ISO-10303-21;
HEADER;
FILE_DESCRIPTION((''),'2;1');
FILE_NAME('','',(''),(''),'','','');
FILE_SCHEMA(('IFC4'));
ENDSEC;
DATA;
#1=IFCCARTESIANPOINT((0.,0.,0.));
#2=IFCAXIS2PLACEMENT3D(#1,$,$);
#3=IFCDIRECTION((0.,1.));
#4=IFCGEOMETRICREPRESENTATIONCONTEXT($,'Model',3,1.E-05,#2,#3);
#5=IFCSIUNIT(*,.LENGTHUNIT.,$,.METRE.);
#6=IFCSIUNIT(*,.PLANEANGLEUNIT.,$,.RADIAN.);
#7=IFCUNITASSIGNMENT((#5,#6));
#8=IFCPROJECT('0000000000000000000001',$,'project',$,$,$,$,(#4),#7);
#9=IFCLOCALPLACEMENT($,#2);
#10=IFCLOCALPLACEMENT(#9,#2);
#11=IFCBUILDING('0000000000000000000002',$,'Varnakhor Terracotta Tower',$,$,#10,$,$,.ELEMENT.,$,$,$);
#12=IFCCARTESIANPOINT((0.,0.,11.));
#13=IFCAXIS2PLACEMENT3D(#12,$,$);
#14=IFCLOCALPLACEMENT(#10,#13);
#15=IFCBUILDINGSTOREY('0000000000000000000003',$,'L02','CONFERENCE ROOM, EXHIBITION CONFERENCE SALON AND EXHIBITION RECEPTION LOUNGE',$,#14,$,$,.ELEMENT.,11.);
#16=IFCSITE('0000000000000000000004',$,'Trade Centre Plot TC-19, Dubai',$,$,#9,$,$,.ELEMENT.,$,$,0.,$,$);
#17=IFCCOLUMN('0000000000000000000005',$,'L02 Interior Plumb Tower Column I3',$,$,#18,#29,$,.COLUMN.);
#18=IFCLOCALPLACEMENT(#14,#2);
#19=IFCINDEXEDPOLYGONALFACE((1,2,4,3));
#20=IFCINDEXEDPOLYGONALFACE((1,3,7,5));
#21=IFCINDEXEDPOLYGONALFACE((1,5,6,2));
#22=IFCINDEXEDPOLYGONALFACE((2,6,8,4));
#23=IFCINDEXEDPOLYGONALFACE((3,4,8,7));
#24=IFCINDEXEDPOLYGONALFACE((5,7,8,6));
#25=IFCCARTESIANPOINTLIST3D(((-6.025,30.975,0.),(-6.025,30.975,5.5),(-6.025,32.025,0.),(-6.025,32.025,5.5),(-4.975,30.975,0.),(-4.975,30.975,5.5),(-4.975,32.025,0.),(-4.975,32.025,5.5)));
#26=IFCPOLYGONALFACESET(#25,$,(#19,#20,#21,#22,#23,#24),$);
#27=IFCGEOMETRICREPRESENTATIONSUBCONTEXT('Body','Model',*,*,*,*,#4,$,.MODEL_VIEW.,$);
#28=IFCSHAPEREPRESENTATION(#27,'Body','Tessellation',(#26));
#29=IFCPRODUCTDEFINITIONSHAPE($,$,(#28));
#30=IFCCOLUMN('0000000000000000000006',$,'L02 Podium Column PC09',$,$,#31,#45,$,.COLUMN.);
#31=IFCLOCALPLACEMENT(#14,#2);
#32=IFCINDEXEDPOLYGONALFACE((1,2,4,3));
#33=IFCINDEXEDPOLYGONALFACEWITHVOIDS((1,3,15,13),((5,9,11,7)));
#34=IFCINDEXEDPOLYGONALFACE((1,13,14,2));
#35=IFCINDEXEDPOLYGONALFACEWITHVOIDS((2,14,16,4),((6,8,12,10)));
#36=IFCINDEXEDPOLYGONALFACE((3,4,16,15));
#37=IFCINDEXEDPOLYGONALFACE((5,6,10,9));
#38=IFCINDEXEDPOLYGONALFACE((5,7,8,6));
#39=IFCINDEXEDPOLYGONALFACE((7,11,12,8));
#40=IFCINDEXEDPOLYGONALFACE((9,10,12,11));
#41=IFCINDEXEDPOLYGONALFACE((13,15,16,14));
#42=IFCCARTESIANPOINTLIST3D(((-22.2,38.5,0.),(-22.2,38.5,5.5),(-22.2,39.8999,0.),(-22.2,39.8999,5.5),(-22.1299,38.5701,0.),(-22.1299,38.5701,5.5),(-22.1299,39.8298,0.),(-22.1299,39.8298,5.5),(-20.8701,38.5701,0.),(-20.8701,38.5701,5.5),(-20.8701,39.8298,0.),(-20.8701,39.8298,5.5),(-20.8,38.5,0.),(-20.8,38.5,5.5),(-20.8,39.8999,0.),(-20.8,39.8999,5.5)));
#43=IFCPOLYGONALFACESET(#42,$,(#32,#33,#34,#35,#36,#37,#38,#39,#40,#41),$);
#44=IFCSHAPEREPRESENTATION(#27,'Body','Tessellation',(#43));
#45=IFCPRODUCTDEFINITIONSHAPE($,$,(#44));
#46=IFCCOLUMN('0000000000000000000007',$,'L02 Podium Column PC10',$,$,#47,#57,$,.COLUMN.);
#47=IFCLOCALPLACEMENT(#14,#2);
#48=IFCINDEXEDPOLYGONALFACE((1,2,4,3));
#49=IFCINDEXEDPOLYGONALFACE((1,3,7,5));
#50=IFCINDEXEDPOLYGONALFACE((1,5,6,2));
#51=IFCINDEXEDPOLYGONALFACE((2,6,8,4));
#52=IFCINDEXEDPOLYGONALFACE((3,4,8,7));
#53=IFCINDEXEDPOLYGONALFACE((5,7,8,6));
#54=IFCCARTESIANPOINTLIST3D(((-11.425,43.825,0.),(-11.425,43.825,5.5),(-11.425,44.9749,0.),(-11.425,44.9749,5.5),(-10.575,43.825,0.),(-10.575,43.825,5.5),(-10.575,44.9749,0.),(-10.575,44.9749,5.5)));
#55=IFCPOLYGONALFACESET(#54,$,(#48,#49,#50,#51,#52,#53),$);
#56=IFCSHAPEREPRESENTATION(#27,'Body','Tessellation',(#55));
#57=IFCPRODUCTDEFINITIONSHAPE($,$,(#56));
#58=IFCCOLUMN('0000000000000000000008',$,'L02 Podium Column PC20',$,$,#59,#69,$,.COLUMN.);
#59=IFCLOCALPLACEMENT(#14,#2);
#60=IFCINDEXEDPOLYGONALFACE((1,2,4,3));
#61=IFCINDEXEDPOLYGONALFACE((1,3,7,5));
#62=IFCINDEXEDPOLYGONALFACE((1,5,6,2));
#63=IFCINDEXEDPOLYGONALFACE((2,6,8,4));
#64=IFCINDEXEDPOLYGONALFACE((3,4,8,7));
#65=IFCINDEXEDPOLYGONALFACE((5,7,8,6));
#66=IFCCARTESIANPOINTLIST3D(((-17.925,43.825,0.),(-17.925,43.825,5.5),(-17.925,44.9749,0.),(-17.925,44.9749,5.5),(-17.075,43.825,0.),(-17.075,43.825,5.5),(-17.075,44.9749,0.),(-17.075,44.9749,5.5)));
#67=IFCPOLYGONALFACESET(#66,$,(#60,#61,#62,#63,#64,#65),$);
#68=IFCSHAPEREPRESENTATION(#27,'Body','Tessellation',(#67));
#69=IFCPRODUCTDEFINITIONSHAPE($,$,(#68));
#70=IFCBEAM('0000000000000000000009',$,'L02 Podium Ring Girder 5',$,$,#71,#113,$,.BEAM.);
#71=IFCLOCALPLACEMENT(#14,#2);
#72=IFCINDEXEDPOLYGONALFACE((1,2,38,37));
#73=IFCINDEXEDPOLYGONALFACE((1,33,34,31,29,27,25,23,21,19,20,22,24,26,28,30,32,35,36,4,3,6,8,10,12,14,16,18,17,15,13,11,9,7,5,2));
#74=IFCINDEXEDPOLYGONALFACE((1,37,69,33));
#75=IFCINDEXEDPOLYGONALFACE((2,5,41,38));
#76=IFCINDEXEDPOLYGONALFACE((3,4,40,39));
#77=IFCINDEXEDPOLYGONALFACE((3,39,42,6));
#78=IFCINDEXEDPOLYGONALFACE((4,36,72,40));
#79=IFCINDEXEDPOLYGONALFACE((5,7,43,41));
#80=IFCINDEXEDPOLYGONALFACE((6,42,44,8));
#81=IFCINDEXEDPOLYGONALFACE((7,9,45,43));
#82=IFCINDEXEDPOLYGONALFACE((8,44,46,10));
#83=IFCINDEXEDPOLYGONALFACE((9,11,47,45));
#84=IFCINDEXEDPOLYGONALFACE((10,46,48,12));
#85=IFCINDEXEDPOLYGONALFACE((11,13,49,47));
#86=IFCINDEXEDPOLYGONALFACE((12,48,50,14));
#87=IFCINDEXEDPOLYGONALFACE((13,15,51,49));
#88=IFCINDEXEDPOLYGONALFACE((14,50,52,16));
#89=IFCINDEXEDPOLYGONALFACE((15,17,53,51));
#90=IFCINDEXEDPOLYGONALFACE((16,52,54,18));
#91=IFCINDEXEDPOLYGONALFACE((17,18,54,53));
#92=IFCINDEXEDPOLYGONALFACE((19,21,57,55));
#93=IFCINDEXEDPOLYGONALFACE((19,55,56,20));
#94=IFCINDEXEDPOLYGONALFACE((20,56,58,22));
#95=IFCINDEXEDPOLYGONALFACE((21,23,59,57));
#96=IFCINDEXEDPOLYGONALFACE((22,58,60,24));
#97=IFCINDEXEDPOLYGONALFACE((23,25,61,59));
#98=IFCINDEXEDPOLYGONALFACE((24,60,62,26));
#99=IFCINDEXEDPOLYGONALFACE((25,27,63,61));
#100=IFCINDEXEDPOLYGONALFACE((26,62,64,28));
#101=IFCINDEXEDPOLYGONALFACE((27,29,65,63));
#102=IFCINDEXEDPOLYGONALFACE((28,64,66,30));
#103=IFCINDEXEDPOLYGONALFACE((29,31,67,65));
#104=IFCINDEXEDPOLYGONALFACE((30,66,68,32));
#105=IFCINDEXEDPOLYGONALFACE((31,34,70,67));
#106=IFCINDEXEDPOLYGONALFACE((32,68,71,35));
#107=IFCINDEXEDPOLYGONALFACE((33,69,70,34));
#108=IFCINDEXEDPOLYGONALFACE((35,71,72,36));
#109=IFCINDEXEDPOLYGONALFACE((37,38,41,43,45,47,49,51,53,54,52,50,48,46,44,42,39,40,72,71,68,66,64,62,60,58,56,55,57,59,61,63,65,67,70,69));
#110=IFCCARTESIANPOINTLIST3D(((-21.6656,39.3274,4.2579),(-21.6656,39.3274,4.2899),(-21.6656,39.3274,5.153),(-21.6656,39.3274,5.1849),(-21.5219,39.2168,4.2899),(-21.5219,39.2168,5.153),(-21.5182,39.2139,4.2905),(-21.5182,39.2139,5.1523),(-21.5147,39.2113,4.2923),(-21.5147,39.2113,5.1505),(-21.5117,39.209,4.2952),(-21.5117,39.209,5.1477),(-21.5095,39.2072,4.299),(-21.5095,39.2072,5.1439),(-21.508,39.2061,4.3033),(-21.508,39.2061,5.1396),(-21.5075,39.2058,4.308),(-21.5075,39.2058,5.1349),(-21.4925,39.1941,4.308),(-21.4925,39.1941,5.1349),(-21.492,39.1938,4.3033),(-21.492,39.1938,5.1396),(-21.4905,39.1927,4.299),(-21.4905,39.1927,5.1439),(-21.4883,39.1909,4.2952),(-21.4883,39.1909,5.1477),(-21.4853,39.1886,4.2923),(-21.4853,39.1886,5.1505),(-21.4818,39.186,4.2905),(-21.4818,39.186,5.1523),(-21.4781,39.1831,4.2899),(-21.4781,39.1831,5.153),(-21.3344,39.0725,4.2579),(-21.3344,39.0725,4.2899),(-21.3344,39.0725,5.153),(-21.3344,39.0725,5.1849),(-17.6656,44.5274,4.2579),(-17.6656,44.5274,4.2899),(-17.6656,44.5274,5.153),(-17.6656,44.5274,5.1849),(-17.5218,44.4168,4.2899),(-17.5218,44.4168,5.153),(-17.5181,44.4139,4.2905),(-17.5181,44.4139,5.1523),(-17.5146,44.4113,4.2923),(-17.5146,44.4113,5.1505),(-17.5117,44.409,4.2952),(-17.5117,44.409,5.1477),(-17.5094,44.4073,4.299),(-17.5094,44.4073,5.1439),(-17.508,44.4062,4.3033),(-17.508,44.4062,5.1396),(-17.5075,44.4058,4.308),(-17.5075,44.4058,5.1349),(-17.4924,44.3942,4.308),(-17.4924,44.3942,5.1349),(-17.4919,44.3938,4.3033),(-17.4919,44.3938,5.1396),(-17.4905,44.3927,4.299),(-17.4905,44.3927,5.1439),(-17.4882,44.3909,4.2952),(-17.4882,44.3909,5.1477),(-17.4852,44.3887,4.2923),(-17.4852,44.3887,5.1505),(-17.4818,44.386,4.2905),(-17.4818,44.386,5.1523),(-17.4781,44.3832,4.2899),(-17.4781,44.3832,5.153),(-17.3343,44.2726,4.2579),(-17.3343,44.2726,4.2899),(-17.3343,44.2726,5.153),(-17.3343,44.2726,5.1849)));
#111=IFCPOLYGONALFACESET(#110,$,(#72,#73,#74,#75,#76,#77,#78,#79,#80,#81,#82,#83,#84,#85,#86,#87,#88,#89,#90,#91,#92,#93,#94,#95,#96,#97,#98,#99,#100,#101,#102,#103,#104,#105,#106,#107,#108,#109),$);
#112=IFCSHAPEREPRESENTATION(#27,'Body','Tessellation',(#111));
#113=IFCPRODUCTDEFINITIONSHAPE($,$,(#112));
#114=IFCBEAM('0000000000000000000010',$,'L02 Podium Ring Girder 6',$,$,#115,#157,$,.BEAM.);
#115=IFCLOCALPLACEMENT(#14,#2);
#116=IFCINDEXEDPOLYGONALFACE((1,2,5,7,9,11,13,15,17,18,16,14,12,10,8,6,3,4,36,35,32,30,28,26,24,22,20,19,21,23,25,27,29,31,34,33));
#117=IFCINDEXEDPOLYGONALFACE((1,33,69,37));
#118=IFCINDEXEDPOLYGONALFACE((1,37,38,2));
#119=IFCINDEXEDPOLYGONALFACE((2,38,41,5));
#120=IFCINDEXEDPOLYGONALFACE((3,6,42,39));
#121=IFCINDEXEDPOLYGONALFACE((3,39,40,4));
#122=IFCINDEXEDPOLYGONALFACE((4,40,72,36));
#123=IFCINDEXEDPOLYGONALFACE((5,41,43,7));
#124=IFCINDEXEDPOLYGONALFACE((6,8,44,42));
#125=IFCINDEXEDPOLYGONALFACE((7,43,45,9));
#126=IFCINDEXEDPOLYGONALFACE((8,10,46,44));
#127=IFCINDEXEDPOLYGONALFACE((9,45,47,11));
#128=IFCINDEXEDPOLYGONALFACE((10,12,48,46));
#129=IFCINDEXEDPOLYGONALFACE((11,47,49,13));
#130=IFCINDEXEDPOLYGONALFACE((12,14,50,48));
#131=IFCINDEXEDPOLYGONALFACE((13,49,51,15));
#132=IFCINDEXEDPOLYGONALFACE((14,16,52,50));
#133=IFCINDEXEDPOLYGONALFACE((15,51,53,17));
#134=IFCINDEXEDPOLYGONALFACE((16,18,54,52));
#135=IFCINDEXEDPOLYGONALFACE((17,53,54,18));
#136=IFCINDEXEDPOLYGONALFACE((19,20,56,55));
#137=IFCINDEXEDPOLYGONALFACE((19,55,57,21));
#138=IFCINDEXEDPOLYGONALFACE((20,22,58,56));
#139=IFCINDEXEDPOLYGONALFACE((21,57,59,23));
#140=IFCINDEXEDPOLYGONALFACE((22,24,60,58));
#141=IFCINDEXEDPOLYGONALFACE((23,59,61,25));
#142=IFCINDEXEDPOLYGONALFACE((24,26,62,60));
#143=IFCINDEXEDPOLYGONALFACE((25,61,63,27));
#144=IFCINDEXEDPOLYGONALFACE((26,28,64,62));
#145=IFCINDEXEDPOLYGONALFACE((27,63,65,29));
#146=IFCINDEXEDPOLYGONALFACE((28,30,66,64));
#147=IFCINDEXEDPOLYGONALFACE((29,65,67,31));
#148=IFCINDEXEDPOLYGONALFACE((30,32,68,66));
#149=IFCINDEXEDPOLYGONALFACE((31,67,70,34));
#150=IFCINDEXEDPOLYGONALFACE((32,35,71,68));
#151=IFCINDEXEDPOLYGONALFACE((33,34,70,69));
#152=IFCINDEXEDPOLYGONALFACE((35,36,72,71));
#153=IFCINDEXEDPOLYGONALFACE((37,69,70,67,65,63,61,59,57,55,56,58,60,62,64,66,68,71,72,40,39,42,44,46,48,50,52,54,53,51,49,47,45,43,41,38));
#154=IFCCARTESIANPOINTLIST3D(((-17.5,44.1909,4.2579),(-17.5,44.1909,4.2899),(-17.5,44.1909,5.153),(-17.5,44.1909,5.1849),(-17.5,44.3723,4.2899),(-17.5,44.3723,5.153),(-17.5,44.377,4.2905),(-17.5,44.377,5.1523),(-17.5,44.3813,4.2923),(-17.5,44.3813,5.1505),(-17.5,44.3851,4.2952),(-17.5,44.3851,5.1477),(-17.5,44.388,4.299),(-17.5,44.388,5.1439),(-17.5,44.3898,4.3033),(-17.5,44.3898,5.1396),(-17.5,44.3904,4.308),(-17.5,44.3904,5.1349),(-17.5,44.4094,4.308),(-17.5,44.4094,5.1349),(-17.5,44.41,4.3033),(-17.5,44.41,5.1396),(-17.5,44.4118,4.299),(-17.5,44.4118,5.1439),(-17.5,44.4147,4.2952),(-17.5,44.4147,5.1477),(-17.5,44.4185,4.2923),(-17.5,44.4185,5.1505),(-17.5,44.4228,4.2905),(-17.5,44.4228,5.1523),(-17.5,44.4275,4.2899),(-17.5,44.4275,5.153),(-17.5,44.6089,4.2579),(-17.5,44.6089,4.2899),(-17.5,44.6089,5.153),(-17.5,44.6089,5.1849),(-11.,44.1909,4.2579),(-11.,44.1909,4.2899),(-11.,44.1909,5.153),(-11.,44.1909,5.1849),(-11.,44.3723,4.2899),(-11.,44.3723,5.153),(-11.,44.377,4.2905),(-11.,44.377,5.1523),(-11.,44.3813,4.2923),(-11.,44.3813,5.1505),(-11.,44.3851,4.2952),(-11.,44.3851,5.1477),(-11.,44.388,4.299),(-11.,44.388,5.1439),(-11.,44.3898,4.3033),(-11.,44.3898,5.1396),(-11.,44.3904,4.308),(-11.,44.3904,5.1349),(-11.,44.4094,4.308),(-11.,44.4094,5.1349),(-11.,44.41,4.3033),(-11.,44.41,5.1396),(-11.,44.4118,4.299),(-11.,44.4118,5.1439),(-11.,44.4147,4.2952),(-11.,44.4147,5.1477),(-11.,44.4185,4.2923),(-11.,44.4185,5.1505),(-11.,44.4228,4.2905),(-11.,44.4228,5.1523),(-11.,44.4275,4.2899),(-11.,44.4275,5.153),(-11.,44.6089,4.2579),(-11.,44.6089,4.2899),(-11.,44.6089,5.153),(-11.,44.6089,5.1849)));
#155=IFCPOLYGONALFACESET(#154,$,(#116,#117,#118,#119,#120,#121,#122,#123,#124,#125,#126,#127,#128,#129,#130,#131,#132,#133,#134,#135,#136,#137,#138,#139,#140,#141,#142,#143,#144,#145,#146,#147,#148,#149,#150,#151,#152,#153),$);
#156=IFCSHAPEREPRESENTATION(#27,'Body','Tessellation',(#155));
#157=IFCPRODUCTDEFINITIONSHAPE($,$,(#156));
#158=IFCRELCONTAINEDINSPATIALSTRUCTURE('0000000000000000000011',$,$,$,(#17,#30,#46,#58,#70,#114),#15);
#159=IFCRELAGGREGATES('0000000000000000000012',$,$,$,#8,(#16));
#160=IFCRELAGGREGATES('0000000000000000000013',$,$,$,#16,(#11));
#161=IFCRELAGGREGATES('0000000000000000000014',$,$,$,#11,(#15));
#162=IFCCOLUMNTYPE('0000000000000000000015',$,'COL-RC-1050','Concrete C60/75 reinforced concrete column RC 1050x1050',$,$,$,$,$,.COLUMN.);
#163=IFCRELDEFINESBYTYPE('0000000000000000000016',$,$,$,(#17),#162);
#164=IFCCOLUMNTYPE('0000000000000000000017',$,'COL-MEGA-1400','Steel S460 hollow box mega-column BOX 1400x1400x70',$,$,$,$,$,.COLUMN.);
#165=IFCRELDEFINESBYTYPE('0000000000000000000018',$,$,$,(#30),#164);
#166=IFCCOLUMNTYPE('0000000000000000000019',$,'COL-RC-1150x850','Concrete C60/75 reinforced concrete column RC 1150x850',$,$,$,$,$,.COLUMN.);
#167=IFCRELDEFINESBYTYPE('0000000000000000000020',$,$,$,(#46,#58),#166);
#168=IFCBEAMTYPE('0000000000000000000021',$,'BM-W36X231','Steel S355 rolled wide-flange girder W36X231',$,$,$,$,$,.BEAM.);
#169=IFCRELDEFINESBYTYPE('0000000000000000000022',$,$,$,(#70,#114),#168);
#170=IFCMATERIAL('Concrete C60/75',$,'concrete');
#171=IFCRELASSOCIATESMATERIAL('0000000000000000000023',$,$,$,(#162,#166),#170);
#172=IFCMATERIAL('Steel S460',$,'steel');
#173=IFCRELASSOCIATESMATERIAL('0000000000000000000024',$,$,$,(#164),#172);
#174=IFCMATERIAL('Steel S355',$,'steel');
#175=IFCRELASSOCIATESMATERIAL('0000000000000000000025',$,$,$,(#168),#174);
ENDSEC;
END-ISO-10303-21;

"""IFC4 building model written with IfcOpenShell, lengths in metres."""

from ifc_helpers import new_model, si_unit, direction, frame, origin, origin_2d, place, context, subcontext, project, spatial, rectangle, hollow_rectangle, i_section, extrude, source, transform, mapped, material, material_profile, profile_set, type_object, type_shapes, element, save


model = new_model("IFC4")

# Units and contexts
model_context = context("Model", 3, precision=1e-05, world=origin(), true_north=direction((0.0, 1.0)))
body_context = subcontext(model_context, "Body", "Model", "MODEL_VIEW")
ifc_project = project(units=[si_unit("LENGTHUNIT", "METRE"), si_unit("PLANEANGLEUNIT", "RADIAN")], contexts=[model_context])

# Site, building, storey
site_placement = place(None, origin())
site = spatial("IfcSite", under=ifc_project, at=site_placement, Name="Trade Centre Plot TC-19, Dubai", CompositionType="ELEMENT", RefElevation=0.0)
building_placement = place(site_placement, origin())
building = spatial("IfcBuilding", under=site, at=building_placement, Name="Varnakhor Terracotta Tower", CompositionType="ELEMENT")
storey_placement = place(building_placement, frame((0.0, 0.0, 11.0)))
storey = spatial("IfcBuildingStorey", under=building, at=storey_placement, Name="L02", Description="CONFERENCE ROOM, EXHIBITION CONFERENCE SALON AND EXHIBITION RECEPTION LOUNGE", CompositionType="ELEMENT", Elevation=11.0)

# Columns
ifc_material_1 = material(Name="Concrete C60/75", Category="concrete")
ifc_material_profile_1 = material_profile(ifc_material_1, rectangle(XDim=1.05, YDim=1.05, at=origin_2d()), Name="RC 1050x1050")
ifc_profile_set_1 = profile_set([ifc_material_profile_1], Name="Concrete C60/75")
column_type_1 = type_object("IfcColumnType", Name="COL-RC-1050", Description="Concrete C60/75 reinforced concrete column RC 1050x1050", PredefinedType="COLUMN", material=ifc_profile_set_1)
shared_shape_1 = source(origin(), body_context, "Body", "SweptSolid", [
    extrude(rectangle(XDim=1.05, YDim=1.05, at=origin_2d()), origin(), (0.0, 0.0, 1.0), 5.5),
])
type_shapes(column_type_1, [shared_shape_1])
column_1_placement = place(storey_placement, frame((-5.5, 31.5, 0.0), z_axis=(0.0, 0.0, 1.0), x_axis=(1.0, 0.0, 0.0)))
element("IfcColumn", 1, at=column_1_placement, inside=storey, type_object=column_type_1, Name="L02 Interior Plumb Tower Column I3", PredefinedType="COLUMN", context=body_context, shape_type="MappedRepresentation", body=[
    mapped(shared_shape_1, transform((0.0, 0.0, 0.0), scale=1.0)),
])
ifc_material_2 = material(Name="Steel S460", Category="steel")
ifc_material_profile_2 = material_profile(ifc_material_2, hollow_rectangle(XDim=1.3999, YDim=1.3999, WallThickness=0.0701, at=origin_2d()), Name="BOX 1400x1400x70")
ifc_profile_set_2 = profile_set([ifc_material_profile_2], Name="Steel S460")
column_type_2 = type_object("IfcColumnType", Name="COL-MEGA-1400", Description="Steel S460 hollow box mega-column BOX 1400x1400x70", PredefinedType="COLUMN", material=ifc_profile_set_2)
shared_shape_2 = source(origin(), body_context, "Body", "SweptSolid", [
    extrude(hollow_rectangle(XDim=1.3999, YDim=1.3999, WallThickness=0.0701, at=origin_2d()), origin(), (0.0, 0.0, 1.0), 5.5),
])
column_2_placement = place(storey_placement, frame((-21.5, 39.2, 0.0), z_axis=(0.0, 0.0, 1.0), x_axis=(1.0, 0.0, 0.0)))
element("IfcColumn", 2, at=column_2_placement, inside=storey, type_object=column_type_2, Name="L02 Podium Column PC09", PredefinedType="COLUMN", context=body_context, shape_type="MappedRepresentation", body=[
    mapped(shared_shape_2, transform((0.0, 0.0, 0.0), scale=1.0)),
])
ifc_material_profile_3 = material_profile(ifc_material_1, rectangle(XDim=0.8501, YDim=1.1499, at=origin_2d()), Name="RC 1150x850")
ifc_profile_set_3 = profile_set([ifc_material_profile_3], Name="Concrete C60/75")
column_type_3 = type_object("IfcColumnType", Name="COL-RC-1150x850", Description="Concrete C60/75 reinforced concrete column RC 1150x850", PredefinedType="COLUMN", material=ifc_profile_set_3)
shared_shape_3 = source(origin(), body_context, "Body", "SweptSolid", [
    extrude(rectangle(XDim=0.8501, YDim=1.1499, at=origin_2d()), origin(), (0.0, 0.0, 1.0), 5.5),
])
for number, where, z_axis, x_axis, name in (
    (3, (-11.0, 44.3999, 0.0), (0.0, 0.0, 1.0), (1.0, 0.0, 0.0), "L02 Podium Column PC10"),
    (4, (-17.5, 44.3999, 0.0), (0.0, 0.0, 1.0), (1.0, 0.0, 0.0), "L02 Podium Column PC20"),
):
    element("IfcColumn", number, at=place(storey_placement, frame(where, z_axis=z_axis, x_axis=x_axis)), inside=storey, type_object=column_type_3, Name=name, PredefinedType="COLUMN", context=body_context, shape_type="MappedRepresentation", body=[
        mapped(shared_shape_3, transform((0.0, 0.0, 0.0), scale=1.0)),
    ])

# Beams
ifc_material_3 = material(Name="Steel S355", Category="steel")
ifc_material_profile_4 = material_profile(ifc_material_3, i_section(OverallWidth=0.418, OverallDepth=0.927, WebThickness=0.019, FlangeThickness=0.032, FilletRadius=0.0181, at=origin_2d()), Name="W36X231")
ifc_profile_set_4 = profile_set([ifc_material_profile_4], Name="Steel S355")
beam_type_1 = type_object("IfcBeamType", Name="BM-W36X231", Description="Steel S355 rolled wide-flange girder W36X231", PredefinedType="BEAM", material=ifc_profile_set_4)
shared_shape_4 = source(origin(), body_context, "Body", "SweptSolid", [
    extrude(i_section(OverallWidth=0.418, OverallDepth=0.927, WebThickness=0.019, FlangeThickness=0.032, FilletRadius=0.0181, at=origin_2d()), origin(), (0.0, 0.0, 1.0), 6.5605),
])
beam_1_placement = place(storey_placement, frame((-21.5, 39.2, 4.7214), z_axis=(0.609714, 0.792621, 0.0), x_axis=(-0.792621, 0.609714, 0.0)))
element("IfcBeam", 5, at=beam_1_placement, inside=storey, type_object=beam_type_1, Name="L02 Podium Ring Girder 5", PredefinedType="BEAM", context=body_context, shape_type="MappedRepresentation", body=[
    mapped(shared_shape_4, transform((0.0, 0.0, 0.0), scale=1.0)),
])
shared_shape_5 = source(origin(), body_context, "Body", "SweptSolid", [
    extrude(i_section(OverallWidth=0.418, OverallDepth=0.927, WebThickness=0.019, FlangeThickness=0.032, FilletRadius=0.0181, at=origin_2d()), origin(), (0.0, 0.0, 1.0), 6.5),
])
beam_2_placement = place(storey_placement, frame((-17.5, 44.3999, 4.7214), z_axis=(1.0, 0.0, 0.0), x_axis=(0.0, 1.0, 0.0)))
element("IfcBeam", 6, at=beam_2_placement, inside=storey, type_object=beam_type_1, Name="L02 Podium Ring Girder 6", PredefinedType="BEAM", context=body_context, shape_type="MappedRepresentation", body=[
    mapped(shared_shape_5, transform((0.0, 0.0, 0.0), scale=1.0)),
])

save(model, "model.ifc")
